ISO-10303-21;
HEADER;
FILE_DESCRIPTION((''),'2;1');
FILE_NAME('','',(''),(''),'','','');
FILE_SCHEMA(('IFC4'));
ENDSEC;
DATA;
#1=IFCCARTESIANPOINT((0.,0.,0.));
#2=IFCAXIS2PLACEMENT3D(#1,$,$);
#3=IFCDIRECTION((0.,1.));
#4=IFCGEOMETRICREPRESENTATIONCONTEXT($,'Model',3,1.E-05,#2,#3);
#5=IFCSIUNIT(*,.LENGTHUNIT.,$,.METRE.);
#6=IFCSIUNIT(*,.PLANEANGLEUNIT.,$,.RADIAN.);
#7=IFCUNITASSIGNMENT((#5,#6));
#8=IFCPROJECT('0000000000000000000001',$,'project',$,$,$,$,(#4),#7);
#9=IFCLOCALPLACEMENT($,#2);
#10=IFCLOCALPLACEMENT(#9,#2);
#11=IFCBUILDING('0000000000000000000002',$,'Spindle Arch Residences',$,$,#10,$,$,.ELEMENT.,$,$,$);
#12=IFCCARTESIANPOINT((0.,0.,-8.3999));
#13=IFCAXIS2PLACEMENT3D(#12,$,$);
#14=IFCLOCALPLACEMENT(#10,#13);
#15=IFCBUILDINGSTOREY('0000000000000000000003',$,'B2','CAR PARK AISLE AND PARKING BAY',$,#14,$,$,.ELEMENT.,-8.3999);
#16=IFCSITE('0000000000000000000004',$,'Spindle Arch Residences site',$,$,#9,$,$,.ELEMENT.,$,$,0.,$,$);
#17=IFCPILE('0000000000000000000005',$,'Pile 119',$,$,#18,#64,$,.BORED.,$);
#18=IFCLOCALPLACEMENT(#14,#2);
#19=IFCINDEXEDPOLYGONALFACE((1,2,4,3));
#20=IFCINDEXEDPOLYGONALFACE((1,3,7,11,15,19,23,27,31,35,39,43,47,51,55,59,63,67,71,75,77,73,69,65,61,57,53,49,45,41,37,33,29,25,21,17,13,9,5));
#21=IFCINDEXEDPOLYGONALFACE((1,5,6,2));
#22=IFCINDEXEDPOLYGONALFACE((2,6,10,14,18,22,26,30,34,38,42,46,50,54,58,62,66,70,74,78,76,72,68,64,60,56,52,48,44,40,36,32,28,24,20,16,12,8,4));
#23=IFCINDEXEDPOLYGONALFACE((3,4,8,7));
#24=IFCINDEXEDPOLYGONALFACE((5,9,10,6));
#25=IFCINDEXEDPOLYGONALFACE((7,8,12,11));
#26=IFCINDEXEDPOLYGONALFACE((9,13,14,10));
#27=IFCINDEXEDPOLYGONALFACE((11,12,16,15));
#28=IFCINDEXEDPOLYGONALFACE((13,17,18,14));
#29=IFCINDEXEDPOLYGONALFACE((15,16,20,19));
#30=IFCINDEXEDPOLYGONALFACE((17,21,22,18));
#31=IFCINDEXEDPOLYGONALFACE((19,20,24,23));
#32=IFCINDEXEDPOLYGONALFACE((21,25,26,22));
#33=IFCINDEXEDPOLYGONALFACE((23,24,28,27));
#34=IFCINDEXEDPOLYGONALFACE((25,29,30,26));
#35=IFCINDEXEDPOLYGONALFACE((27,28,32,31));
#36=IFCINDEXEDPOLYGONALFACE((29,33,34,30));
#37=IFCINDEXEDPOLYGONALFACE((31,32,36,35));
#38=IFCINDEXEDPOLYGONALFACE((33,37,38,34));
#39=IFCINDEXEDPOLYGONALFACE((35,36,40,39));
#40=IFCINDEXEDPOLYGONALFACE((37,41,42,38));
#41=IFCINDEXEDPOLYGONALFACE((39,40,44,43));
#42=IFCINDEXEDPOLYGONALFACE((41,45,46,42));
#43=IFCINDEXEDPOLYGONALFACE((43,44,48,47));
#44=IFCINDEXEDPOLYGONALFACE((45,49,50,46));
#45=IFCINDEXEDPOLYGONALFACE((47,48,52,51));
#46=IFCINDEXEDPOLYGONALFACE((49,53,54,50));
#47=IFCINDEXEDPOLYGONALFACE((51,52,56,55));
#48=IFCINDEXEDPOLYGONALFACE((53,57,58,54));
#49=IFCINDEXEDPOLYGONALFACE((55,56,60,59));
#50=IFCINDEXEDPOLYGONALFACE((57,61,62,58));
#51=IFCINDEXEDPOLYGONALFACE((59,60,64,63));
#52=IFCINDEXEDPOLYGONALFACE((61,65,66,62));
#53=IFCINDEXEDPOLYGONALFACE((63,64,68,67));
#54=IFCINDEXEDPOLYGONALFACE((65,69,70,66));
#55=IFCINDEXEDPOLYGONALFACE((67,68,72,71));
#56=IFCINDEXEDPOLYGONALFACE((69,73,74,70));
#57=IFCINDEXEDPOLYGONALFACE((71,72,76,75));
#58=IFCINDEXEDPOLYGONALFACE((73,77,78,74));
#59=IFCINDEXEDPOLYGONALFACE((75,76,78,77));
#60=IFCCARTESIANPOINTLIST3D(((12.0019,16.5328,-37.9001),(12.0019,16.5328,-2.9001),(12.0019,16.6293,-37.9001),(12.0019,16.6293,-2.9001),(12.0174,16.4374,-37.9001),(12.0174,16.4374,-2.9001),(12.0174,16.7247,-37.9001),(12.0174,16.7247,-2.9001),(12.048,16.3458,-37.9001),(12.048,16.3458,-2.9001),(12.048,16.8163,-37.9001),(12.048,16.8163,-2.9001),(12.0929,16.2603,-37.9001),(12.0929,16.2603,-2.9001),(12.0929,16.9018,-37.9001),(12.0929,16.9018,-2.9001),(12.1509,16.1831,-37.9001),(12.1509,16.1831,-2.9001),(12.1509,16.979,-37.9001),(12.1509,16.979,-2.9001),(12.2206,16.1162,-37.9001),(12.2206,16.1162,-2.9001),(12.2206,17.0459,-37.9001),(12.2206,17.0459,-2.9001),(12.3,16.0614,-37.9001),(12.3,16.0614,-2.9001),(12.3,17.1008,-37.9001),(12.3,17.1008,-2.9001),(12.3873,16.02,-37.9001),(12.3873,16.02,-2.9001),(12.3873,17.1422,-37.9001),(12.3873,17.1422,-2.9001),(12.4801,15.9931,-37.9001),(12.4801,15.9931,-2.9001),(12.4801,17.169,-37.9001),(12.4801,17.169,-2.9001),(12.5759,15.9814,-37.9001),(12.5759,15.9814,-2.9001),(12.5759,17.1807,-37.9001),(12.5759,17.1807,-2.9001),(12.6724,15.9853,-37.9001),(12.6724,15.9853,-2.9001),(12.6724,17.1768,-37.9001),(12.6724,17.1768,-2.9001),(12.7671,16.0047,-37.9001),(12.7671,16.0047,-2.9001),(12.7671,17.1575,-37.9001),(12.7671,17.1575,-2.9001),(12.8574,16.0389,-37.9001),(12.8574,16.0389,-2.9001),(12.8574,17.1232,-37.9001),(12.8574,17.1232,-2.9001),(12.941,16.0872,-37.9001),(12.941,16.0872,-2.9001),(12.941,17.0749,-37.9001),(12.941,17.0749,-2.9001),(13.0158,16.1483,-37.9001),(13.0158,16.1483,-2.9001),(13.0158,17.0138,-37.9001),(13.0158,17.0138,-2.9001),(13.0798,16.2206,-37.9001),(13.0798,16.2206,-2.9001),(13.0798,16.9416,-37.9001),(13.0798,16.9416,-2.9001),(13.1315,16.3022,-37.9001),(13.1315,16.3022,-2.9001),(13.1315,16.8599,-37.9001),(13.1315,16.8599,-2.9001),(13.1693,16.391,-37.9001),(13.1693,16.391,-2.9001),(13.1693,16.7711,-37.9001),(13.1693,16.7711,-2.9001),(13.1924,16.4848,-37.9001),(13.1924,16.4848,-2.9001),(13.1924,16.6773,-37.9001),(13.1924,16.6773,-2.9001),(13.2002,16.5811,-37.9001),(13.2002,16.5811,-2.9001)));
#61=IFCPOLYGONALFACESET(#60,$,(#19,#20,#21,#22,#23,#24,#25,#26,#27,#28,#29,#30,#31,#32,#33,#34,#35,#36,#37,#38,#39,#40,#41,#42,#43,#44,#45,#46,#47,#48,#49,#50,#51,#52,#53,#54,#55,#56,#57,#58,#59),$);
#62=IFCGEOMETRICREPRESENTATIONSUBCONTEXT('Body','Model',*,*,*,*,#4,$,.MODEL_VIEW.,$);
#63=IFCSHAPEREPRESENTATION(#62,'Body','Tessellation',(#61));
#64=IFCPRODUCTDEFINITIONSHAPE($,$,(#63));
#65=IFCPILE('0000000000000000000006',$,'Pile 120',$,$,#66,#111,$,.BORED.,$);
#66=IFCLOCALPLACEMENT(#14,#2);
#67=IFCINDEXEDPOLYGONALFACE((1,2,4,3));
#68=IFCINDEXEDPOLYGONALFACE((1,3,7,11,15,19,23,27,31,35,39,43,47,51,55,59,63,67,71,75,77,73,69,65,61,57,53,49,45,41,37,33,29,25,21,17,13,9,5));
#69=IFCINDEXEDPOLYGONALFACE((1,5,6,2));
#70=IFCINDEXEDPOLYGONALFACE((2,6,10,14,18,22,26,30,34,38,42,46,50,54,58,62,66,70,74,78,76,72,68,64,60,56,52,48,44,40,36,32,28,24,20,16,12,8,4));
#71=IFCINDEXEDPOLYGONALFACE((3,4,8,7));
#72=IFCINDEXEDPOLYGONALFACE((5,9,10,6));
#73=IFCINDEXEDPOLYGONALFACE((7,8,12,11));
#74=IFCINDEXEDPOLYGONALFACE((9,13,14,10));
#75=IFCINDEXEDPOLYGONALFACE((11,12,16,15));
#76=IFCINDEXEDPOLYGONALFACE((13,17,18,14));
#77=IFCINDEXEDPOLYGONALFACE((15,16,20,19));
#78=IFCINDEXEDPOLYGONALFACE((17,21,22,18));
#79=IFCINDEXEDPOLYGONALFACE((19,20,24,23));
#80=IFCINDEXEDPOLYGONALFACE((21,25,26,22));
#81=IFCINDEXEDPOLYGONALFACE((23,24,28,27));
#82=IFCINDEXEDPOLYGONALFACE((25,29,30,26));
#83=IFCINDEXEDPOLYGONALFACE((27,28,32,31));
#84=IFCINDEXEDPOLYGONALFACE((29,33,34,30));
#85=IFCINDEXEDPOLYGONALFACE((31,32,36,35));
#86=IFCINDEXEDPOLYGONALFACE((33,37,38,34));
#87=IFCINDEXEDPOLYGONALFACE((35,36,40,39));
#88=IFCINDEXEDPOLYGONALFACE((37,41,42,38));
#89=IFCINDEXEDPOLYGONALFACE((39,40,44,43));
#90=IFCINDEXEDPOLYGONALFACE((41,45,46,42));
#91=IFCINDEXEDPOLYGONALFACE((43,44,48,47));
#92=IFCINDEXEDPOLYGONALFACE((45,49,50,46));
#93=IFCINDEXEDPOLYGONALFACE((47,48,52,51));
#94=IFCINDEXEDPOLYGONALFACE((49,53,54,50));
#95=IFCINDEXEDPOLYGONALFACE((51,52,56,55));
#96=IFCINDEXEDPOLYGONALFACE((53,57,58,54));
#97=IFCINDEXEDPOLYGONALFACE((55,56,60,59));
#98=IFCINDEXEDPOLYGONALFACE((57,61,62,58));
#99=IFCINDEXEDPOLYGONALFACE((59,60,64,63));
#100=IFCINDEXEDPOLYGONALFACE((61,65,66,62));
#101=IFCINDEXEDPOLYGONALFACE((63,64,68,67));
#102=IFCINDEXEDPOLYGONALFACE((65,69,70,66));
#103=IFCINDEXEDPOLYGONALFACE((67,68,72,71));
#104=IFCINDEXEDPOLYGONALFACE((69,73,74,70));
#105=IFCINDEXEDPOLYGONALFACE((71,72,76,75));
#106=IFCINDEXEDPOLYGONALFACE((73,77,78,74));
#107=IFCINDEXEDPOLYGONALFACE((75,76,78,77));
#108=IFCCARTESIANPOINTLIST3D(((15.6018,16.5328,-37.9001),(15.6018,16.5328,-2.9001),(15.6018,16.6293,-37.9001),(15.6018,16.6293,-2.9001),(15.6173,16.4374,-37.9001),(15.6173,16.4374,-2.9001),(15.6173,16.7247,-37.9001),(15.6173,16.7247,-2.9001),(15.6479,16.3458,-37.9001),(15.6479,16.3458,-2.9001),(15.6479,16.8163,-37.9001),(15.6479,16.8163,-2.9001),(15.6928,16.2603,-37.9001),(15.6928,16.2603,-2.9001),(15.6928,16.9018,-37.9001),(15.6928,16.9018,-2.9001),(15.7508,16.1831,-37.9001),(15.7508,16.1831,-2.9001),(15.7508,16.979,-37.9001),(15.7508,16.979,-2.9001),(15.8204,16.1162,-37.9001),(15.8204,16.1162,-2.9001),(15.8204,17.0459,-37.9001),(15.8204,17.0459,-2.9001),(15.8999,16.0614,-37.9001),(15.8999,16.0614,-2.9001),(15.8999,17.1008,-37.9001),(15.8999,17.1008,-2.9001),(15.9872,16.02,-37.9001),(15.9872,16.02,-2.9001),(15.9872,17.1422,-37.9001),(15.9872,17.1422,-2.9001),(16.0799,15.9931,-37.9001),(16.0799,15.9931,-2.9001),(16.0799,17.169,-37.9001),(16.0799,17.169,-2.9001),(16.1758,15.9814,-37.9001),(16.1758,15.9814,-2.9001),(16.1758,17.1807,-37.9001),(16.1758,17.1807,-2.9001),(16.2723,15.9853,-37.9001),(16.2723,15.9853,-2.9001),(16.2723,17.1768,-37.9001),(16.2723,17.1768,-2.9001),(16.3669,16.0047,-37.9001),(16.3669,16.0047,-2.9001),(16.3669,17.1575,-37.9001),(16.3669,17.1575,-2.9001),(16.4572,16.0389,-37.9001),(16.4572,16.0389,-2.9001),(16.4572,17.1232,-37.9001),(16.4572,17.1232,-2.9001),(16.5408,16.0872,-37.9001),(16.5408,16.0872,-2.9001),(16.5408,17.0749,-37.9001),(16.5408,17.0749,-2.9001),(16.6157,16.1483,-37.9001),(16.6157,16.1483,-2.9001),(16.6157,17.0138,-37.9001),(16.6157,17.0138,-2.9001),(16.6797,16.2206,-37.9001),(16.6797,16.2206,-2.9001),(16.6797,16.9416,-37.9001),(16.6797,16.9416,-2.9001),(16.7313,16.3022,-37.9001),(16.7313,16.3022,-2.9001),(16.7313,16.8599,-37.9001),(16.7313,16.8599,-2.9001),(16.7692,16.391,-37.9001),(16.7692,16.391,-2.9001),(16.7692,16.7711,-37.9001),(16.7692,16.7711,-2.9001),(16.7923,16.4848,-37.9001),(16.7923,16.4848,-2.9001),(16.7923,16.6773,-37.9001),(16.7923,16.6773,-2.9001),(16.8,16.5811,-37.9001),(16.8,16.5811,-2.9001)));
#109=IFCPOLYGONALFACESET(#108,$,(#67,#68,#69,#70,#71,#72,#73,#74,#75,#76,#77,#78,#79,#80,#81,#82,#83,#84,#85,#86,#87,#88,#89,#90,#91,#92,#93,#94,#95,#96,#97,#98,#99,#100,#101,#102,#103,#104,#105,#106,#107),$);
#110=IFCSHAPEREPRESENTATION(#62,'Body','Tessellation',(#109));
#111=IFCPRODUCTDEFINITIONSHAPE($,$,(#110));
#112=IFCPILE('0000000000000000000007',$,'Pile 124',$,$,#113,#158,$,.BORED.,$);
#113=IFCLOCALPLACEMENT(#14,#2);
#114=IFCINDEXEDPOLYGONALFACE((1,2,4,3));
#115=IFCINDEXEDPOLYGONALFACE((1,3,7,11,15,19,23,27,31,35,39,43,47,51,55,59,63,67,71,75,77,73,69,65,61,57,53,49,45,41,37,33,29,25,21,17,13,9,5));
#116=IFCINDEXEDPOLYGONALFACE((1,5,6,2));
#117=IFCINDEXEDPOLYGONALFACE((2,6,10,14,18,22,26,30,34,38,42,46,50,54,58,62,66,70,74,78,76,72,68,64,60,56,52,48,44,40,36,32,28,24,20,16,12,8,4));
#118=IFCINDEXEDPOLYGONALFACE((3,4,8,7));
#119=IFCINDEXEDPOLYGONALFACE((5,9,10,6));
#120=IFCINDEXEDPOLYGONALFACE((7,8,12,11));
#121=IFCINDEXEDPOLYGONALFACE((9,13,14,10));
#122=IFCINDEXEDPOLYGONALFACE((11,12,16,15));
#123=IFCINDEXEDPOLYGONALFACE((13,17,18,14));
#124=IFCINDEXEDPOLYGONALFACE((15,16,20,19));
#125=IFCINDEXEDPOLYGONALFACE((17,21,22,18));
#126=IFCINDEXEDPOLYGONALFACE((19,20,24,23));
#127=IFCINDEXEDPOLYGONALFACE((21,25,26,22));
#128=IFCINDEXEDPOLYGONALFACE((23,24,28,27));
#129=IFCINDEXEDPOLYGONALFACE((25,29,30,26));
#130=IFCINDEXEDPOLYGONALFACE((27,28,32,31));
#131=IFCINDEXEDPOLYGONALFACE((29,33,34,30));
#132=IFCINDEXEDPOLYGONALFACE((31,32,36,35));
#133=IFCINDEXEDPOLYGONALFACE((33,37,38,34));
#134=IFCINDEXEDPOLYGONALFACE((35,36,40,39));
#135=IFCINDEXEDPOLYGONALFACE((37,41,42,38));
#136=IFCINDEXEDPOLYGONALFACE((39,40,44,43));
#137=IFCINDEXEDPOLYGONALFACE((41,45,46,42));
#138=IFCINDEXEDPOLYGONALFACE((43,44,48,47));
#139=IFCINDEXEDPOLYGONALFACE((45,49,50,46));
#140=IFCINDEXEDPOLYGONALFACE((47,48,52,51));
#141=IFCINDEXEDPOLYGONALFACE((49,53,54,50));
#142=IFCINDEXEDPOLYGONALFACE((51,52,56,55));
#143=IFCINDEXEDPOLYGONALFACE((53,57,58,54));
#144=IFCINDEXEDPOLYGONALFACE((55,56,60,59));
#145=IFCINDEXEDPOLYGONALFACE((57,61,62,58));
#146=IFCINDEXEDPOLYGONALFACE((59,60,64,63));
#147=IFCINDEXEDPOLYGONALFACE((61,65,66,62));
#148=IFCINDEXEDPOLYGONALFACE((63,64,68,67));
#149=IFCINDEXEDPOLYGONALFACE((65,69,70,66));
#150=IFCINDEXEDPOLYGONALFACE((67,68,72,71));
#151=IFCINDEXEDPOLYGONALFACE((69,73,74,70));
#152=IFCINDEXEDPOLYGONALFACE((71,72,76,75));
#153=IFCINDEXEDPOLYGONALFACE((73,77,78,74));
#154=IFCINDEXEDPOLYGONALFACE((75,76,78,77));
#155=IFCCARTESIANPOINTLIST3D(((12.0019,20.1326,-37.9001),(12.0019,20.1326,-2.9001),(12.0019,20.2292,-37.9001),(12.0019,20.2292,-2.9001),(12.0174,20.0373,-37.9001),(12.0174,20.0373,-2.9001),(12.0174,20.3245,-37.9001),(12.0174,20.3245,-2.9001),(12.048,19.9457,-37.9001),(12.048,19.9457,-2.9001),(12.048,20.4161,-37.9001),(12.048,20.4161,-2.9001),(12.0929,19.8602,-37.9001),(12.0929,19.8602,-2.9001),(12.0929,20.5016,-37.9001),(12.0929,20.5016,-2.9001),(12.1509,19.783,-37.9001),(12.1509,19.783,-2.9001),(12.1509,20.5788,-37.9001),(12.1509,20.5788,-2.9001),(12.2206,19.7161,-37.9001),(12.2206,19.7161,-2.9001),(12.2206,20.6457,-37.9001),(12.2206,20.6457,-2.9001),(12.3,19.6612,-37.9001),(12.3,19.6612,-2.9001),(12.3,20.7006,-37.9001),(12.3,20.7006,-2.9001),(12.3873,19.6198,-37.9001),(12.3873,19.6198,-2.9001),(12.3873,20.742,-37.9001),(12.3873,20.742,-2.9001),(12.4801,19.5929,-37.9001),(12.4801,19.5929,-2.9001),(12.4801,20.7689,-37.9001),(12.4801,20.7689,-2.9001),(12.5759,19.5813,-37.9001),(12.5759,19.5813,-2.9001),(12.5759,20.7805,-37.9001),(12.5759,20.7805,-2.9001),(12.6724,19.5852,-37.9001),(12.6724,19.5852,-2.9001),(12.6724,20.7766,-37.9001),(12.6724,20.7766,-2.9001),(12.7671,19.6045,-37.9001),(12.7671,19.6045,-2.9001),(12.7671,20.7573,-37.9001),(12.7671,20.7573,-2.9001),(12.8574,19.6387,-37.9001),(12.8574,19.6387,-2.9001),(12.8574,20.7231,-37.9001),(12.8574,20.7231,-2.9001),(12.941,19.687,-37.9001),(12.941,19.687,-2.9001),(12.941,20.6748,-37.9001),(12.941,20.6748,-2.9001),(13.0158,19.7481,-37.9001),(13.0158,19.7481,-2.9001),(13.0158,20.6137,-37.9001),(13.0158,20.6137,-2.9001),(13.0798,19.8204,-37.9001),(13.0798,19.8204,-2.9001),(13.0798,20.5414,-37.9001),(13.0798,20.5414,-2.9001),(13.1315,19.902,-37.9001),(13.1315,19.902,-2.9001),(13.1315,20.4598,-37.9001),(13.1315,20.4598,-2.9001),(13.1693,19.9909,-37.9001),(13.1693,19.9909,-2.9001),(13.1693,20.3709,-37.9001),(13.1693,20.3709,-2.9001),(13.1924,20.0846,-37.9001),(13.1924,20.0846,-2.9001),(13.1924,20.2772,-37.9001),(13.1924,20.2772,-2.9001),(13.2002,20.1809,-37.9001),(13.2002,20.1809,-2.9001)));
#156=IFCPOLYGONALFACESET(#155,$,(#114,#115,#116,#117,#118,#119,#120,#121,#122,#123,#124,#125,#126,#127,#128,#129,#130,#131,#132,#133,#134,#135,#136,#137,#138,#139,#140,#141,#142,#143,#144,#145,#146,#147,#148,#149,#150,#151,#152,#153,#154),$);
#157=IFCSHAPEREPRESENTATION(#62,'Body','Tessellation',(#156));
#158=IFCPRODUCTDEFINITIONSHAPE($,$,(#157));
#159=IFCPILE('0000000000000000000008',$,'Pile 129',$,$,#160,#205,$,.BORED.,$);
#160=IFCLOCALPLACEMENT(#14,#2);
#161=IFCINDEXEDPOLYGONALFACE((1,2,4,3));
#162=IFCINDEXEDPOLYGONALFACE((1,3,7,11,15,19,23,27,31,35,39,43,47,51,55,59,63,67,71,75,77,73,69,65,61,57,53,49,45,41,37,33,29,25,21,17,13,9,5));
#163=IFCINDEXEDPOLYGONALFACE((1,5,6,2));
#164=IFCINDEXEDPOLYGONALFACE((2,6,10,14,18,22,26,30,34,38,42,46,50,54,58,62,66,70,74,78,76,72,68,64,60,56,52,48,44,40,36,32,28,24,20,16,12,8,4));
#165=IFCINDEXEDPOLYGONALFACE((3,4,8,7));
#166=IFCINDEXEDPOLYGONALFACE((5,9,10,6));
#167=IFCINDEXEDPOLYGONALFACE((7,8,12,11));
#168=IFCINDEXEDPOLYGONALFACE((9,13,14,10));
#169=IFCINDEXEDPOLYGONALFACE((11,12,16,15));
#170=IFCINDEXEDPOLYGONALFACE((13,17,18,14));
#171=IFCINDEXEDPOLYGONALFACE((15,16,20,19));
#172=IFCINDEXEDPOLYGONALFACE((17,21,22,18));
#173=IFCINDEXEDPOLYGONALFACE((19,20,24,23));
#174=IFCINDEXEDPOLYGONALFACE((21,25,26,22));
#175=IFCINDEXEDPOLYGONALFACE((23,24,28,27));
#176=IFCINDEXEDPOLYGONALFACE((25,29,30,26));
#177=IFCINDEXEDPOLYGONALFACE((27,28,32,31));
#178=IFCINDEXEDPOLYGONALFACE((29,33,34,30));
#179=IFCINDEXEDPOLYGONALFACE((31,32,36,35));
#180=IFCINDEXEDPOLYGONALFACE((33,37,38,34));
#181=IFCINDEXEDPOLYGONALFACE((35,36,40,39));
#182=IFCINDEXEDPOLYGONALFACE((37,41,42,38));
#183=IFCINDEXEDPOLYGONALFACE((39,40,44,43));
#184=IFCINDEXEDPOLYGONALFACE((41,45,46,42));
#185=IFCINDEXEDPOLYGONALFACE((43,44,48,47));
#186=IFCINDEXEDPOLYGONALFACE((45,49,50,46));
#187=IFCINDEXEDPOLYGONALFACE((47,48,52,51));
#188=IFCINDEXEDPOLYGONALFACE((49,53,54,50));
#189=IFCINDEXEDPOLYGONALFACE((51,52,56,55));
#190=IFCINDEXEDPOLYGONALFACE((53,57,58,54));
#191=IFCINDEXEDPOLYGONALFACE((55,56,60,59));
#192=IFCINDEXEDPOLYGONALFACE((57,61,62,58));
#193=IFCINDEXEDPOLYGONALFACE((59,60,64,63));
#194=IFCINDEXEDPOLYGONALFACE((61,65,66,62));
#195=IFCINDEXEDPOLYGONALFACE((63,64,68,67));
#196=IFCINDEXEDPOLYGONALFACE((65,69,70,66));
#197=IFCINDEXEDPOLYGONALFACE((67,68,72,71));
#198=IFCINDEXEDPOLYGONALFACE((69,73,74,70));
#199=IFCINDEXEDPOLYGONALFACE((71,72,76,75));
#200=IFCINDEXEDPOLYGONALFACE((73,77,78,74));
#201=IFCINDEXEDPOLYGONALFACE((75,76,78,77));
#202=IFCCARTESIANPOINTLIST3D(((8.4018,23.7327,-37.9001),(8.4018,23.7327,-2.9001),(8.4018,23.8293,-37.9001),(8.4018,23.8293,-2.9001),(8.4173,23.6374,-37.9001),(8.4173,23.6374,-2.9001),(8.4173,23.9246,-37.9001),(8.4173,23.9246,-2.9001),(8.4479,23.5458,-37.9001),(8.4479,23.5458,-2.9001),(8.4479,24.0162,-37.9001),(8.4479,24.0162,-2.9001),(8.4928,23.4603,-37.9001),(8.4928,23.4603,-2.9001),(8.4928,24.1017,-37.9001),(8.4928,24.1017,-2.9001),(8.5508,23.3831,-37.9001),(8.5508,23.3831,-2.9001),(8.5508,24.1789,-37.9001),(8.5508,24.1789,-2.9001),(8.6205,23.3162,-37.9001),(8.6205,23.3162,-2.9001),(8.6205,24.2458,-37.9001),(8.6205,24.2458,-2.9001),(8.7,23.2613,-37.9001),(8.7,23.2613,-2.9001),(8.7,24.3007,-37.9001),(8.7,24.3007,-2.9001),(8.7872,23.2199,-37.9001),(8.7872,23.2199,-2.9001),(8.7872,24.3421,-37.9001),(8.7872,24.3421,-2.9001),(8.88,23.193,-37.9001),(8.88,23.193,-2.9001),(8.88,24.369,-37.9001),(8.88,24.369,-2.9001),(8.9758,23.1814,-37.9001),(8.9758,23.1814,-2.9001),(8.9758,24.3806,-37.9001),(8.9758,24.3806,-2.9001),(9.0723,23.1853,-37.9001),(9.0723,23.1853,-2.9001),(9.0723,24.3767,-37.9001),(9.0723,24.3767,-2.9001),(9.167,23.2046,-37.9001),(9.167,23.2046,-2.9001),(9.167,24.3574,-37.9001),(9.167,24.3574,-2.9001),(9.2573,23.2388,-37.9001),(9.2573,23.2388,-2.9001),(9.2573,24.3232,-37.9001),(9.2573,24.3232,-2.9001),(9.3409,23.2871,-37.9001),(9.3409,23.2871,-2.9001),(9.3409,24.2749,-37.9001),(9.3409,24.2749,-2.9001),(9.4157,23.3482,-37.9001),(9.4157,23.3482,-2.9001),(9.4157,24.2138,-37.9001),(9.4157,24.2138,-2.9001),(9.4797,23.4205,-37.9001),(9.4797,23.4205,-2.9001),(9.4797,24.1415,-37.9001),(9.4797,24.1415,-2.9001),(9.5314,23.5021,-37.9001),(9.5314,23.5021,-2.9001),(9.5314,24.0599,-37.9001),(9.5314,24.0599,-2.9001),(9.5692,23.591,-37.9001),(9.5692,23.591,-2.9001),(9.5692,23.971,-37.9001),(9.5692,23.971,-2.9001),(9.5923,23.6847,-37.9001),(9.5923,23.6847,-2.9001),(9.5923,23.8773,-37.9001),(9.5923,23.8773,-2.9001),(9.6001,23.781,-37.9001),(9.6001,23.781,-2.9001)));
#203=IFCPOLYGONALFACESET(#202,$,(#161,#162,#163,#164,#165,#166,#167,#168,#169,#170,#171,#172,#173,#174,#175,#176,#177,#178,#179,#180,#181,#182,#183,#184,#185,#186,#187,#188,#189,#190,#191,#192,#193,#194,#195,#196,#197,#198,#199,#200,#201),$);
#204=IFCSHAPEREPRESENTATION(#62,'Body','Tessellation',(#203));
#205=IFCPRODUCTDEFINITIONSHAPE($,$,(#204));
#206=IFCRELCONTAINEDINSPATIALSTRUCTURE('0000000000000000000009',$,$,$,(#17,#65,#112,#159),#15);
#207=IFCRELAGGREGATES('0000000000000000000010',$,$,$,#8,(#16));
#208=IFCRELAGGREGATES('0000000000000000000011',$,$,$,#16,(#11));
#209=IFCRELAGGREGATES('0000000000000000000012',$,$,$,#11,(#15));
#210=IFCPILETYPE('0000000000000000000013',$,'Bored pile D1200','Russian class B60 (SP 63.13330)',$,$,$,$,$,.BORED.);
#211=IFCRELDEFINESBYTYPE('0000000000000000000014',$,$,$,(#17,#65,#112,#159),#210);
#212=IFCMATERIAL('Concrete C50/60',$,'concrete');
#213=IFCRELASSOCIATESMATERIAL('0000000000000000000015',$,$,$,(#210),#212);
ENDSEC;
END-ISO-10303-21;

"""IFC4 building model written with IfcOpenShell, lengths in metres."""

from ifc_helpers import new_model, si_unit, direction, frame, origin, origin_2d, place, context, subcontext, project, spatial, circle, extrude, material, material_profile, profile_set, type_object, element, save


model = new_model("IFC4")

# Units and contexts
model_context = context("Model", 3, precision=1e-05, world=origin(), true_north=direction((0.0, 1.0)))
body_context = subcontext(model_context, "Body", "Model", "MODEL_VIEW")
ifc_project = project(units=[si_unit("LENGTHUNIT", "METRE"), si_unit("PLANEANGLEUNIT", "RADIAN")], contexts=[model_context])

# Site, building, storey
site_placement = place(None, origin())
site = spatial("IfcSite", under=ifc_project, at=site_placement, Name="Spindle Arch Residences site", CompositionType="ELEMENT", RefElevation=0.0)
building_placement = place(site_placement, origin())
building = spatial("IfcBuilding", under=site, at=building_placement, Name="Spindle Arch Residences", CompositionType="ELEMENT")
storey_placement = place(building_placement, frame((0.0, 0.0, -8.3999)))
storey = spatial("IfcBuildingStorey", under=building, at=storey_placement, Name="B2", Description="CAR PARK AISLE AND PARKING BAY", CompositionType="ELEMENT", Elevation=-8.3999)

# Piles
ifc_material_1 = material(Name="Concrete C50/60", Category="concrete")
ifc_material_profile_1 = material_profile(ifc_material_1, circle(Radius=0.6001, at=origin_2d()), Name="BP D1200")
ifc_profile_set_1 = profile_set([ifc_material_profile_1], Name="Concrete C50/60")
pile_type = type_object("IfcPileType", Name="Bored pile D1200", Description="Russian class B60 (SP 63.13330)", PredefinedType="BORED", material=ifc_profile_set_1)
for number, where, z_axis, x_axis, name in (
    (1, (12.6001, 16.5811, -2.9001), (0.0, 0.0, -1.0), (1.0, 0.0, 0.0), "Pile 119"),
    (2, (16.2, 16.5811, -2.9001), (0.0, 0.0, -1.0), (1.0, 0.0, 0.0), "Pile 120"),
    (3, (12.6001, 20.1809, -2.9001), (0.0, 0.0, -1.0), (1.0, 0.0, 0.0), "Pile 124"),
    (4, (9.0, 23.781, -2.9001), (0.0, 0.0, -1.0), (1.0, 0.0, 0.0), "Pile 129"),
):
    element("IfcPile", number, at=place(storey_placement, frame(where, z_axis=z_axis, x_axis=x_axis)), inside=storey, type_object=pile_type, Name=name, PredefinedType="BORED", context=body_context, shape_type="SweptSolid", body=[
        extrude(circle(Radius=0.6001, at=origin_2d()), origin(), (0.0, 0.0, 1.0), 35.0),
    ])

save(model, "model.ifc")
